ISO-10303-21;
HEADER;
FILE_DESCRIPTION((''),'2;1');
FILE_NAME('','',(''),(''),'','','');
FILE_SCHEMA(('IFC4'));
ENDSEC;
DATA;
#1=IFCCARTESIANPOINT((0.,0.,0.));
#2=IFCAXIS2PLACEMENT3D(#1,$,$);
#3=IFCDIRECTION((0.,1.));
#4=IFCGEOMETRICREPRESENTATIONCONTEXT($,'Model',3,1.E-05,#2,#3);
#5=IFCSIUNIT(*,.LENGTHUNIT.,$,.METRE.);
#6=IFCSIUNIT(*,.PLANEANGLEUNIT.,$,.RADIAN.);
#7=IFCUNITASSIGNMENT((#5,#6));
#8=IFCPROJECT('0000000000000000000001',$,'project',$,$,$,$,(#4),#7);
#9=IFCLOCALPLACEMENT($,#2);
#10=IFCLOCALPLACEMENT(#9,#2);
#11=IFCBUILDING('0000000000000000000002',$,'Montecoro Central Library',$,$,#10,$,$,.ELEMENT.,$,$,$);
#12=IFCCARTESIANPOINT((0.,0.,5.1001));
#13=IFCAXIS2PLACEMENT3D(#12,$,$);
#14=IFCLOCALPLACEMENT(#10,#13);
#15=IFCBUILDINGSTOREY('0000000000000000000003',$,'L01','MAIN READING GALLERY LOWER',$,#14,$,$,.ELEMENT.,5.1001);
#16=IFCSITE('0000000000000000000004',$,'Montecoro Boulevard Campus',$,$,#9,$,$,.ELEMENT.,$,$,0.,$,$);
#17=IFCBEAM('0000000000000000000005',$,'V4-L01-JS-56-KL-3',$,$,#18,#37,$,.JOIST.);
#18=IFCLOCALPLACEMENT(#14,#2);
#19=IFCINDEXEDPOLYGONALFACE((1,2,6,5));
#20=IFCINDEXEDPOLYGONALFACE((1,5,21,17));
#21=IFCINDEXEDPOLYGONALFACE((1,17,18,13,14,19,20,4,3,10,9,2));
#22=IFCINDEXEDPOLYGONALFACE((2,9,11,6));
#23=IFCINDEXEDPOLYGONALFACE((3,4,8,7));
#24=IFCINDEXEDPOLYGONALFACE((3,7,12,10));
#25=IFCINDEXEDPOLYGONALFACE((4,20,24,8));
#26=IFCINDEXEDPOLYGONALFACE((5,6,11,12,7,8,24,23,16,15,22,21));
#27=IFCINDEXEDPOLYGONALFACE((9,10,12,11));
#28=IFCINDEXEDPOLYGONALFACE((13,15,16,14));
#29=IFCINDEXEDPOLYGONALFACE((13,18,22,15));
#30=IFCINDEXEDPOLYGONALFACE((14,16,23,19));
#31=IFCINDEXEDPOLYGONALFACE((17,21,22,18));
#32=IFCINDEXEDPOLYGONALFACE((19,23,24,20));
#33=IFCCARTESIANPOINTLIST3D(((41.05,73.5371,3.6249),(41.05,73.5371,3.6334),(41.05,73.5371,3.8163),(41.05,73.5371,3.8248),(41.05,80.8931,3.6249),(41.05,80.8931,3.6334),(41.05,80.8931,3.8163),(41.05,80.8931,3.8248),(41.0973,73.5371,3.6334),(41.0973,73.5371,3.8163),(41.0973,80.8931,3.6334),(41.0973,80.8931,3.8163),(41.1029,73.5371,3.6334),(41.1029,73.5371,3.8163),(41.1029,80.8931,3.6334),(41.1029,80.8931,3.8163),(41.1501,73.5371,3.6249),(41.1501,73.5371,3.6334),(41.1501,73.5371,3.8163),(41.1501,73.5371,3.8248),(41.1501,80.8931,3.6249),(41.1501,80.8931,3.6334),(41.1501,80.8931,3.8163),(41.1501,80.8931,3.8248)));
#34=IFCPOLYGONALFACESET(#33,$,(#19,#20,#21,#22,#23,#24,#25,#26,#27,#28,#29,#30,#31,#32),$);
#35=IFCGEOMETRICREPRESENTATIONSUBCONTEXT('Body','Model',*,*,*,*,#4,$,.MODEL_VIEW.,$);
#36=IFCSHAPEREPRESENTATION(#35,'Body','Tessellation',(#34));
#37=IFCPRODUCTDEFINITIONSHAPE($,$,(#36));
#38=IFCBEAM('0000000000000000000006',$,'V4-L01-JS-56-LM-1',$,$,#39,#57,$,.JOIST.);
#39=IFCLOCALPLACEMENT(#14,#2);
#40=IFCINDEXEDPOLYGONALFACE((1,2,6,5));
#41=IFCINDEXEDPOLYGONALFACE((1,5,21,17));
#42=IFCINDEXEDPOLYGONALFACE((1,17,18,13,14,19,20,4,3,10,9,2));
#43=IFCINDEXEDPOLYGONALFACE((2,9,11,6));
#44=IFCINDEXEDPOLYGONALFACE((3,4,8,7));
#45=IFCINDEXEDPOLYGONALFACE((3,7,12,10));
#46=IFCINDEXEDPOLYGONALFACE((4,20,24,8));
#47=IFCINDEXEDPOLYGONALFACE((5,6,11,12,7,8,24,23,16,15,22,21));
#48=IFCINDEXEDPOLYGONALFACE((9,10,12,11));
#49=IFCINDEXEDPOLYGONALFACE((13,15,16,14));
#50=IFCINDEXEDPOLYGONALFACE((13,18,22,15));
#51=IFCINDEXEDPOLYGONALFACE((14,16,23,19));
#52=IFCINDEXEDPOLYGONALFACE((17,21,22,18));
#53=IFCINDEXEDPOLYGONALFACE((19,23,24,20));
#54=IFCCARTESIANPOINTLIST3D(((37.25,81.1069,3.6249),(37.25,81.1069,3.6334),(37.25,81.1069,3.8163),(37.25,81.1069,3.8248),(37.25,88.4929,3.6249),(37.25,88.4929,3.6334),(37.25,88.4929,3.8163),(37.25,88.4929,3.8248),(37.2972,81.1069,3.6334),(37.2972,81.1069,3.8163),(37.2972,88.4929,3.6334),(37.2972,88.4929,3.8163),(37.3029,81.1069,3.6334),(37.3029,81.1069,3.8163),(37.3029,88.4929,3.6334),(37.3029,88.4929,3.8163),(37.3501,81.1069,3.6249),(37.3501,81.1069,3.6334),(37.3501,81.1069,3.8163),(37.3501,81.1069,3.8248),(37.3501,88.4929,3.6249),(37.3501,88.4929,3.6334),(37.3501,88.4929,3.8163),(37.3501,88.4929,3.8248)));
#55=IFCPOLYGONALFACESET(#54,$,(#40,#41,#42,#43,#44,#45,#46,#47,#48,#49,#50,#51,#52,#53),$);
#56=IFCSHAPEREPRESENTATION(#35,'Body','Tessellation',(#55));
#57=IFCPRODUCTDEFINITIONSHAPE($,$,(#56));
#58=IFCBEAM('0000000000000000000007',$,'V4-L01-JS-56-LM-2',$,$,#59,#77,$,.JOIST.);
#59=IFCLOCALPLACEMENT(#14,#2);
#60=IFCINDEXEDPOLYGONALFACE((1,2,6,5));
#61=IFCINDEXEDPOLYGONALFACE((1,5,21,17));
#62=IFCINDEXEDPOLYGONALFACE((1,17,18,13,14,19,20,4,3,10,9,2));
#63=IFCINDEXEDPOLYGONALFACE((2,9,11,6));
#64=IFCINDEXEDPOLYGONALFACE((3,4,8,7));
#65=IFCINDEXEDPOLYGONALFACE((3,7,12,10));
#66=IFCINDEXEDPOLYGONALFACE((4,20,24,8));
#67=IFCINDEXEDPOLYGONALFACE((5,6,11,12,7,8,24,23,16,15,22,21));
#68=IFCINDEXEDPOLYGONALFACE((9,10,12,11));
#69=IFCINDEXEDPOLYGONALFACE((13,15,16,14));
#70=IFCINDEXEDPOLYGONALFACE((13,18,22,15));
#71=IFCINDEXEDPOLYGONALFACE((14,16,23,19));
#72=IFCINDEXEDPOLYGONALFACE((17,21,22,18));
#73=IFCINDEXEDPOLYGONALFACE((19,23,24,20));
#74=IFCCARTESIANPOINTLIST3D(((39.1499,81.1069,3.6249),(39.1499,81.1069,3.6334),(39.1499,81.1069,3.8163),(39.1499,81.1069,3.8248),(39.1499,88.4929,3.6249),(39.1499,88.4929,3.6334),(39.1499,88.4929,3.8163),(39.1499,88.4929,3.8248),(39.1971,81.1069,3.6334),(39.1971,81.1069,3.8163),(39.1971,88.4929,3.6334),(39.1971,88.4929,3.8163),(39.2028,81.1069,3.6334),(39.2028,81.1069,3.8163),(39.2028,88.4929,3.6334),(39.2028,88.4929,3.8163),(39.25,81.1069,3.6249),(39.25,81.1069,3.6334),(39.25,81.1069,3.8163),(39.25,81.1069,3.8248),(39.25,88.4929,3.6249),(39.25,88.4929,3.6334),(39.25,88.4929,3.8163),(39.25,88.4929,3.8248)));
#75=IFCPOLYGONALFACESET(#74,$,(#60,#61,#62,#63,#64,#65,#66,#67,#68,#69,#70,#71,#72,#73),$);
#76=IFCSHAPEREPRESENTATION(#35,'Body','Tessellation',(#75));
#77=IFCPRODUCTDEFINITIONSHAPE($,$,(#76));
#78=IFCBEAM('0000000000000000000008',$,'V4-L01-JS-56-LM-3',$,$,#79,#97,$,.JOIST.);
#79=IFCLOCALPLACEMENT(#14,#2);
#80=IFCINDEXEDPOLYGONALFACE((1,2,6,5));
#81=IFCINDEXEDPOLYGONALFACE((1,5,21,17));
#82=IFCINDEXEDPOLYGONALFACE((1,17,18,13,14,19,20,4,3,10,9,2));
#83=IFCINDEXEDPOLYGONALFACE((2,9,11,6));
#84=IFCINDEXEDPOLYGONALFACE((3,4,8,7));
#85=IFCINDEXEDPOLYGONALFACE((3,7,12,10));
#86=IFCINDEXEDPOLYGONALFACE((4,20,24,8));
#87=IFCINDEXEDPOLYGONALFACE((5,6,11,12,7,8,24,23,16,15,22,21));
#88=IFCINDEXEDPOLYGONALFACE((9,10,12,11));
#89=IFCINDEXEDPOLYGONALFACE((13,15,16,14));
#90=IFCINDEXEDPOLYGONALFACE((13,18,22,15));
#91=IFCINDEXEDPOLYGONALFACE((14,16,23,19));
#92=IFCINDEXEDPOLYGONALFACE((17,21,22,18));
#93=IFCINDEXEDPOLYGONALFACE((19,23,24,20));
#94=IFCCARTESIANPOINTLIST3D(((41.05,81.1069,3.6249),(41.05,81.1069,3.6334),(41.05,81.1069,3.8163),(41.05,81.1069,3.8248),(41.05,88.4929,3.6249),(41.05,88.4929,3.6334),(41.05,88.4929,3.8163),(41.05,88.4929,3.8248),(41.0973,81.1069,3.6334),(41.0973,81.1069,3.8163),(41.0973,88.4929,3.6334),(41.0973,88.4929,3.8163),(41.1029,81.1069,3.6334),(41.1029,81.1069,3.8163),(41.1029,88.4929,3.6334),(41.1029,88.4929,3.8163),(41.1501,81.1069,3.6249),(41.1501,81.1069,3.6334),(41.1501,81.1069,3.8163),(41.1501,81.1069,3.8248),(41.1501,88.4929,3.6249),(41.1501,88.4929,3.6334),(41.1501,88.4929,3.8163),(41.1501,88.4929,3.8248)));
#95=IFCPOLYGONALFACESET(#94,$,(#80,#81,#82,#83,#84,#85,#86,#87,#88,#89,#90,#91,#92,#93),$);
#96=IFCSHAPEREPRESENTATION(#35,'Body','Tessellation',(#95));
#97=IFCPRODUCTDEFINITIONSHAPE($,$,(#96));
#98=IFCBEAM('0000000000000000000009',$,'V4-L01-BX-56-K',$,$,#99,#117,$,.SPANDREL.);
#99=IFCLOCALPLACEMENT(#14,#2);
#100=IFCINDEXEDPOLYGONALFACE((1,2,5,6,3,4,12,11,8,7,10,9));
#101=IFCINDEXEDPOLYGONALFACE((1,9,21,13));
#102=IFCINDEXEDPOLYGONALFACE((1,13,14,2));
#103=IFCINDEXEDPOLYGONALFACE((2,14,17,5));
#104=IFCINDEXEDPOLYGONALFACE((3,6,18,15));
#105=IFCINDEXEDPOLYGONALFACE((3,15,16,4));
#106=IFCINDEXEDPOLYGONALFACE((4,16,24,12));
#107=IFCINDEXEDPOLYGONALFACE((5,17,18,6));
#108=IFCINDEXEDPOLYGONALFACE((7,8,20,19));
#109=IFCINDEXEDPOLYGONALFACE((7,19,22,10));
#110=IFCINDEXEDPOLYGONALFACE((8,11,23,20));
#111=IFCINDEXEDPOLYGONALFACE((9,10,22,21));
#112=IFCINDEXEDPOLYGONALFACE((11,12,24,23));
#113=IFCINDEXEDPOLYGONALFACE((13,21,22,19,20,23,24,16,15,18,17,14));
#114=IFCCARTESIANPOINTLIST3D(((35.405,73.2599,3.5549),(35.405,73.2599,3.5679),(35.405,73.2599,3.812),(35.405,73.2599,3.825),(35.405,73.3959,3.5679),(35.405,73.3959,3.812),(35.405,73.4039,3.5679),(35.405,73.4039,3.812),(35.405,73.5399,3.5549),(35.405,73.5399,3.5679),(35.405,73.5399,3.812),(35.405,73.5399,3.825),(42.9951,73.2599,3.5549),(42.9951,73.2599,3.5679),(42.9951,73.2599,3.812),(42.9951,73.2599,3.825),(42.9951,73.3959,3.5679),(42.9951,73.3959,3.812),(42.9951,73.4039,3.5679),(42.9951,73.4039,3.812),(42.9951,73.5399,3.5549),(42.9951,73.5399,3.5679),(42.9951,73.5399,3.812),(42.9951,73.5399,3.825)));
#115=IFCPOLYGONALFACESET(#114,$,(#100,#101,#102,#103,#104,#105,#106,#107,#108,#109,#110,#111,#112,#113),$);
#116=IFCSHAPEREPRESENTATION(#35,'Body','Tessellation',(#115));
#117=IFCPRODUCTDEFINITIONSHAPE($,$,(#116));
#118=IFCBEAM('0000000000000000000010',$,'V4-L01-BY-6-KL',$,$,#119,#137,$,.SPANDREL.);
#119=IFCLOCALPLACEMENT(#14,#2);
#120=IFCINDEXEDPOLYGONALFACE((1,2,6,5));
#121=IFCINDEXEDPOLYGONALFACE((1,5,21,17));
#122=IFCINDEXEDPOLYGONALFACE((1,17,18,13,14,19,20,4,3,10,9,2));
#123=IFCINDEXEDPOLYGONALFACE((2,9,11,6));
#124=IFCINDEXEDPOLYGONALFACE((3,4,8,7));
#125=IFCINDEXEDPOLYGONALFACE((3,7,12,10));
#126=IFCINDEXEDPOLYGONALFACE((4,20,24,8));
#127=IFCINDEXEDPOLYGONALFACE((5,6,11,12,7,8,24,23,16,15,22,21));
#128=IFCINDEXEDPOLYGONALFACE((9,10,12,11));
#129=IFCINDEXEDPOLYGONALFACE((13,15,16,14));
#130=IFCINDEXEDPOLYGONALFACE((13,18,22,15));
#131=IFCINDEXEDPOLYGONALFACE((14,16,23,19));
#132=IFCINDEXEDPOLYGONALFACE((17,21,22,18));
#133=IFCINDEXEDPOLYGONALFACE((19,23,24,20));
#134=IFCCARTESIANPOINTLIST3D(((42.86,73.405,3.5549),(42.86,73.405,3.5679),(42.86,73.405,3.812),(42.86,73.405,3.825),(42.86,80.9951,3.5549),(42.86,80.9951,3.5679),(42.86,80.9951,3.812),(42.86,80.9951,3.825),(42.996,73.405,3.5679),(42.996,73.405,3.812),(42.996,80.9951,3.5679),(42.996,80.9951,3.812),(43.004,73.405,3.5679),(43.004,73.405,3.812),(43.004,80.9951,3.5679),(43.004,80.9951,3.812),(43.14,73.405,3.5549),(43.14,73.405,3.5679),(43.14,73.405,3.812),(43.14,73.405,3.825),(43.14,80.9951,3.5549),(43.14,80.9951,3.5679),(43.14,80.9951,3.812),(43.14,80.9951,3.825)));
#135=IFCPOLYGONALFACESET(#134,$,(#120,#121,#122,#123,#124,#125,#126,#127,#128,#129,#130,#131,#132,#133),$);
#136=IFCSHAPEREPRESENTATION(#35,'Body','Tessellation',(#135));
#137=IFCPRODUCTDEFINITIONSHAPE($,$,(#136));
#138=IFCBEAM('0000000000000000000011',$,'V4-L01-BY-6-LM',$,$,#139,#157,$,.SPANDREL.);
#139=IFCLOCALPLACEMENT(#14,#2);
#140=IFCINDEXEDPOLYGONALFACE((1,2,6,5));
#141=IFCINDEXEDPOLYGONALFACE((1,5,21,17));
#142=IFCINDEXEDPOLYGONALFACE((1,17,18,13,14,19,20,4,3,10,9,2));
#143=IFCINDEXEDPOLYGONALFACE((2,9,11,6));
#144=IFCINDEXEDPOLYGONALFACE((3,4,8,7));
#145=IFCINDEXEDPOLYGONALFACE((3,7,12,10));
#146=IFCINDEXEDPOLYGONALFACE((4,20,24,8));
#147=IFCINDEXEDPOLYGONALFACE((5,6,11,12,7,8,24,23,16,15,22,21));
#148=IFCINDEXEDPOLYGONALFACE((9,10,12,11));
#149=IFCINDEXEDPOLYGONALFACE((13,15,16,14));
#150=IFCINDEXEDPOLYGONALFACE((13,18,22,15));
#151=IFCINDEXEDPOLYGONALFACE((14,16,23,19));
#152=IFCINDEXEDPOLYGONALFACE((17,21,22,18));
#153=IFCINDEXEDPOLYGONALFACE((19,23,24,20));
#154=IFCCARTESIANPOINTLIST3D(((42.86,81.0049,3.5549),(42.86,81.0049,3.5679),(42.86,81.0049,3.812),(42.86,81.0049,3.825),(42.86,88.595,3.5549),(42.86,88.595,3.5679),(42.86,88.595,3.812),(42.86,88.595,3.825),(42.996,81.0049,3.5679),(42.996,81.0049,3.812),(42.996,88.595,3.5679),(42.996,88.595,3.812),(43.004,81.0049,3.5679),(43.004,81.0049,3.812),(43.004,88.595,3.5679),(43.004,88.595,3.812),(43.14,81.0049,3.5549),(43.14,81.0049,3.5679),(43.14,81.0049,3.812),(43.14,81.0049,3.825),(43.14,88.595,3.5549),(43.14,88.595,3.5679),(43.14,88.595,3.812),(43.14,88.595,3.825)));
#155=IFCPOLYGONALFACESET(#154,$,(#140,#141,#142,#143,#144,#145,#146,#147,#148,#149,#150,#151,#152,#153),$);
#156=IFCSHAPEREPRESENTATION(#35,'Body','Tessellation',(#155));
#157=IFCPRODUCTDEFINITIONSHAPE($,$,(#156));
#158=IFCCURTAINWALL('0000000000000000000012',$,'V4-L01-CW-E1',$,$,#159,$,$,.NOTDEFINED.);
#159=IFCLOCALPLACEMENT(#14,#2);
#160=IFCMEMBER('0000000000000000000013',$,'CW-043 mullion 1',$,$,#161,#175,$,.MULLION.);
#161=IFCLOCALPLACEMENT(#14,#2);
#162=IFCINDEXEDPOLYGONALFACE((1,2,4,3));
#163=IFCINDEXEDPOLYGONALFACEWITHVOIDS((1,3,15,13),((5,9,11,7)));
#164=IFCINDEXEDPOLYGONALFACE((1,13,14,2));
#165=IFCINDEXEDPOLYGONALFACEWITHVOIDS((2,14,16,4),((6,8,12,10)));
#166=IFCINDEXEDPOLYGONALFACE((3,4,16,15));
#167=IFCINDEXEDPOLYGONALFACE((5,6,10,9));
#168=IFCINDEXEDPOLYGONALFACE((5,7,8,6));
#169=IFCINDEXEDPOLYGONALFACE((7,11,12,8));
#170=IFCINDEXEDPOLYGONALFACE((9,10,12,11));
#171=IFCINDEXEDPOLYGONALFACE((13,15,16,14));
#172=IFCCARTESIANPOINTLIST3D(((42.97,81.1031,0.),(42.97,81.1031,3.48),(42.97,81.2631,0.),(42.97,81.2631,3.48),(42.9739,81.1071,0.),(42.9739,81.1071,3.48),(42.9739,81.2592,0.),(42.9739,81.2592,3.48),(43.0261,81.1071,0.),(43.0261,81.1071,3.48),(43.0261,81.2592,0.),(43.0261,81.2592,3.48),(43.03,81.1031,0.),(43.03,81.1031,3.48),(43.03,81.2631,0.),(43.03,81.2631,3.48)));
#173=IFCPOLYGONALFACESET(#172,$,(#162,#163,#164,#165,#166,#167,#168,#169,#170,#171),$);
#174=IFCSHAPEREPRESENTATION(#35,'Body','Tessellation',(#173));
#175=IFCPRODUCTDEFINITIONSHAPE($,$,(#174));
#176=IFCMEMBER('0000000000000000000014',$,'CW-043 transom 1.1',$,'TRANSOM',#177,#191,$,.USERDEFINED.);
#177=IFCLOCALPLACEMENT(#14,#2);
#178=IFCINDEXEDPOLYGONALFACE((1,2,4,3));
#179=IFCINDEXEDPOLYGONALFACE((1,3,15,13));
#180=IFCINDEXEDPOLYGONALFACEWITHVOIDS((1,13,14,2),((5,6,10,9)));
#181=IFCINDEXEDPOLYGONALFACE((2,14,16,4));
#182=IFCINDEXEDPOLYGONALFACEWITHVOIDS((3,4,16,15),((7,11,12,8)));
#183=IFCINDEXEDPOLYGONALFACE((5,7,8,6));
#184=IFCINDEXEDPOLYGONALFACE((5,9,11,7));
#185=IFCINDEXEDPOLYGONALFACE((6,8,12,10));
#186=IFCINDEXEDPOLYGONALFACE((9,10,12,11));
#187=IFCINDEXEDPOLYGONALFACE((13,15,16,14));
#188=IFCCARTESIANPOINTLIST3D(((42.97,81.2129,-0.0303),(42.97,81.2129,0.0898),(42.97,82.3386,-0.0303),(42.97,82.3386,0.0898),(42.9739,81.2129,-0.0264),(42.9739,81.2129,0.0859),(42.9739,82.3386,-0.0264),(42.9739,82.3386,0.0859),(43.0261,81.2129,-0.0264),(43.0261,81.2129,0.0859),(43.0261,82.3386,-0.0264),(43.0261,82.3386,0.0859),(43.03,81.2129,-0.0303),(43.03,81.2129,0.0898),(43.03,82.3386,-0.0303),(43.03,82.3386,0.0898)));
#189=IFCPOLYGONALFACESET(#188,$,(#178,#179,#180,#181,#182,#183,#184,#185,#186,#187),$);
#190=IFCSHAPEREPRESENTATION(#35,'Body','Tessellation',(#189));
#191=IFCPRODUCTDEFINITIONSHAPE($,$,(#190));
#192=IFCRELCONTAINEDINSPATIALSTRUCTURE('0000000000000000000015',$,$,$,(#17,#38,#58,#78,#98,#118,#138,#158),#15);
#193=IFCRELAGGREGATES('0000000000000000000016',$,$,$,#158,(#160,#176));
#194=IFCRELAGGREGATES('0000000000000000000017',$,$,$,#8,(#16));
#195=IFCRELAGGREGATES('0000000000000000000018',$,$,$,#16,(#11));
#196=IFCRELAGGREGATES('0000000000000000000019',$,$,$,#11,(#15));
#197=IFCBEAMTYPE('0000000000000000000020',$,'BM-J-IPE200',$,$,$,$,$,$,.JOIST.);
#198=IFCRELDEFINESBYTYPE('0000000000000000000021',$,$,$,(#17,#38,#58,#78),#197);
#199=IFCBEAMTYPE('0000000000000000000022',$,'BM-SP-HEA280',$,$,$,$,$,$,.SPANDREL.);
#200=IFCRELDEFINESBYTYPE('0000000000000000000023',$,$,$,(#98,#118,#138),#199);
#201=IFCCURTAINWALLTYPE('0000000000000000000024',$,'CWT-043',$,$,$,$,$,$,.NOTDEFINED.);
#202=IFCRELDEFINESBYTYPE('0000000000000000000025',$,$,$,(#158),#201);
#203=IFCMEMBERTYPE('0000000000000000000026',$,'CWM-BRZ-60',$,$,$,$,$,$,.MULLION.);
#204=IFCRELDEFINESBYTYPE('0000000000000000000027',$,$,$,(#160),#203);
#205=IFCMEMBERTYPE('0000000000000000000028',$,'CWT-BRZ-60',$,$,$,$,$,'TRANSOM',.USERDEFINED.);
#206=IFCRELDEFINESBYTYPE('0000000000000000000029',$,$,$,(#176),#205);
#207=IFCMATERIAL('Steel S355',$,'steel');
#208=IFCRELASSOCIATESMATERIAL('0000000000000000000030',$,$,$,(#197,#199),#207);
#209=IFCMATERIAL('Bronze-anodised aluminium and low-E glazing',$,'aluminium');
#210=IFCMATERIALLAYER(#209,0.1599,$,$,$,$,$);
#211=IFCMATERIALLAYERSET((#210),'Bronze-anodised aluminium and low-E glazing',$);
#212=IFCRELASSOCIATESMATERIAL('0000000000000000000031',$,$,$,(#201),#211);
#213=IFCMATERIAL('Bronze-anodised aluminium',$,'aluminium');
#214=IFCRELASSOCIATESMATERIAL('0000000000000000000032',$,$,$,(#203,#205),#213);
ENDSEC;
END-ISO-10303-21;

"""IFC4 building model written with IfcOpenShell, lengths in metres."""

from ifc_helpers import new_model, si_unit, direction, frame, origin, origin_2d, place, context, subcontext, project, spatial, hollow_rectangle, i_section, extrude, material, layer, layer_set, material_profile, profile_set, type_object, element, aggregate, save


model = new_model("IFC4")

# Units and contexts
model_context = context("Model", 3, precision=1e-05, world=origin(), true_north=direction((0.0, 1.0)))
body_context = subcontext(model_context, "Body", "Model", "MODEL_VIEW")
ifc_project = project(units=[si_unit("LENGTHUNIT", "METRE"), si_unit("PLANEANGLEUNIT", "RADIAN")], contexts=[model_context])

# Site, building, storey
site_placement = place(None, origin())
site = spatial("IfcSite", under=ifc_project, at=site_placement, Name="Montecoro Boulevard Campus", CompositionType="ELEMENT", RefElevation=0.0)
building_placement = place(site_placement, origin())
building = spatial("IfcBuilding", under=site, at=building_placement, Name="Montecoro Central Library", CompositionType="ELEMENT")
storey_placement = place(building_placement, frame((0.0, 0.0, 5.1001)))
storey = spatial("IfcBuildingStorey", under=building, at=storey_placement, Name="L01", Description="MAIN READING GALLERY LOWER", CompositionType="ELEMENT", Elevation=5.1001)

# Shared definitions
ifc_material_1 = material(Name="Steel S355", Category="steel")

# Beams
ifc_material_profile_1 = material_profile(ifc_material_1, i_section(OverallWidth=0.1001, OverallDepth=0.2, WebThickness=0.0056, FlangeThickness=0.0085, at=origin_2d()), Name="IPE 200")
ifc_profile_set_1 = profile_set([ifc_material_profile_1], Name="Steel S355")
beam_type_1 = type_object("IfcBeamType", Name="BM-J-IPE200", PredefinedType="JOIST", material=ifc_profile_set_1)
for number, where, z_axis, x_axis, name in (
    (1, (41.1001, 73.5371, 3.7249), (0.0, 1.0, 0.0), (-1.0, 0.0, 0.0), "V4-L01-JS-56-KL-3"),
):
    element("IfcBeam", number, at=place(storey_placement, frame(where, z_axis=z_axis, x_axis=x_axis)), inside=storey, type_object=beam_type_1, Name=name, PredefinedType="JOIST", context=body_context, shape_type="SweptSolid", body=[
        extrude(i_section(OverallWidth=0.1001, OverallDepth=0.2, WebThickness=0.0056, FlangeThickness=0.0085, at=origin_2d()), origin(), (0.0, 0.0, 1.0), 7.356),
    ])
for number, where, z_axis, x_axis, name in (
    (2, (37.3, 81.1069, 3.7249), (0.0, 1.0, 0.0), (-1.0, 0.0, 0.0), "V4-L01-JS-56-LM-1"),
    (3, (39.2, 81.1069, 3.7249), (0.0, 1.0, 0.0), (-1.0, 0.0, 0.0), "V4-L01-JS-56-LM-2"),
    (4, (41.1001, 81.1069, 3.7249), (0.0, 1.0, 0.0), (-1.0, 0.0, 0.0), "V4-L01-JS-56-LM-3"),
):
    element("IfcBeam", number, at=place(storey_placement, frame(where, z_axis=z_axis, x_axis=x_axis)), inside=storey, type_object=beam_type_1, Name=name, PredefinedType="JOIST", context=body_context, shape_type="SweptSolid", body=[
        extrude(i_section(OverallWidth=0.1001, OverallDepth=0.2, WebThickness=0.0056, FlangeThickness=0.0085, at=origin_2d()), origin(), (0.0, 0.0, 1.0), 7.386),
    ])
ifc_material_profile_2 = material_profile(ifc_material_1, i_section(OverallWidth=0.28, OverallDepth=0.27, WebThickness=0.0081, FlangeThickness=0.0129, at=origin_2d()), Name="HEA 280")
ifc_profile_set_2 = profile_set([ifc_material_profile_2], Name="Steel S355")
beam_type_2 = type_object("IfcBeamType", Name="BM-SP-HEA280", PredefinedType="SPANDREL", material=ifc_profile_set_2)
for number, where, z_axis, x_axis, name in (
    (5, (35.405, 73.3999, 3.6899), (1.0, 0.0, 0.0), (0.0, 1.0, 0.0), "V4-L01-BX-56-K"),
    (6, (43.0, 73.405, 3.6899), (0.0, 1.0, 0.0), (-1.0, 0.0, 0.0), "V4-L01-BY-6-KL"),
    (7, (43.0, 81.0049, 3.6899), (0.0, 1.0, 0.0), (-1.0, 0.0, 0.0), "V4-L01-BY-6-LM"),
):
    element("IfcBeam", number, at=place(storey_placement, frame(where, z_axis=z_axis, x_axis=x_axis)), inside=storey, type_object=beam_type_2, Name=name, PredefinedType="SPANDREL", context=body_context, shape_type="SweptSolid", body=[
        extrude(i_section(OverallWidth=0.28, OverallDepth=0.27, WebThickness=0.0081, FlangeThickness=0.0129, at=origin_2d()), origin(), (0.0, 0.0, 1.0), 7.5901),
    ])

# Curtain wall, members
ifc_material_2 = material(Name="Bronze-anodised aluminium and low-E glazing", Category="aluminium")
ifc_layer_1 = layer(ifc_material_2, 0.1599)
ifc_layer_set_1 = layer_set([ifc_layer_1], Name="Bronze-anodised aluminium and low-E glazing")
curtain_wall_type = type_object("IfcCurtainWallType", Name="CWT-043", PredefinedType="NOTDEFINED", material=ifc_layer_set_1)
curtain_wall_placement = place(storey_placement, origin())
curtain_wall = element("IfcCurtainWall", 8, at=curtain_wall_placement, inside=storey, type_object=curtain_wall_type, Name="V4-L01-CW-E1", PredefinedType="NOTDEFINED")
ifc_material_3 = material(Name="Bronze-anodised aluminium", Category="aluminium")
ifc_material_profile_3 = material_profile(ifc_material_3, hollow_rectangle(XDim=0.0601, YDim=0.1599, WallThickness=0.0039, at=origin_2d()), Name="CWM 160x60x4.0")
ifc_profile_set_3 = profile_set([ifc_material_profile_3], Name="Bronze-anodised aluminium")
member_type_1 = type_object("IfcMemberType", Name="CWM-BRZ-60", PredefinedType="MULLION", material=ifc_profile_set_3)
member_1_placement = place(storey_placement, frame((43.0, 81.1831, 0.0), z_axis=(0.0, 0.0, 1.0), x_axis=(-1.0, 0.0, 0.0)))
member_1 = element("IfcMember", 9, at=member_1_placement, type_object=member_type_1, Name="CW-043 mullion 1", PredefinedType="MULLION", context=body_context, shape_type="SweptSolid", body=[
    extrude(hollow_rectangle(XDim=0.0601, YDim=0.1599, WallThickness=0.0039, at=origin_2d()), origin(), (0.0, 0.0, 1.0), 3.48),
])
ifc_material_profile_4 = material_profile(ifc_material_3, hollow_rectangle(XDim=0.0601, YDim=0.1201, WallThickness=0.0039, at=origin_2d()), Name="CWT 120x60x4.0")
ifc_profile_set_4 = profile_set([ifc_material_profile_4], Name="Bronze-anodised aluminium")
member_type_2 = type_object("IfcMemberType", Name="CWT-BRZ-60", ElementType="TRANSOM", PredefinedType="USERDEFINED", material=ifc_profile_set_4)
member_2_placement = place(storey_placement, frame((43.0, 81.2129, 0.0298), z_axis=(0.0, 1.0, 0.0), x_axis=(-1.0, 0.0, 0.0)))
member_2 = element("IfcMember", 10, at=member_2_placement, type_object=member_type_2, Name="CW-043 transom 1.1", ObjectType="TRANSOM", PredefinedType="USERDEFINED", context=body_context, shape_type="SweptSolid", body=[
    extrude(hollow_rectangle(XDim=0.0601, YDim=0.1201, WallThickness=0.0039, at=origin_2d()), origin(), (0.0, 0.0, 1.0), 1.1257),
])
aggregate(curtain_wall, [member_1, member_2])

save(model, "model.ifc")
